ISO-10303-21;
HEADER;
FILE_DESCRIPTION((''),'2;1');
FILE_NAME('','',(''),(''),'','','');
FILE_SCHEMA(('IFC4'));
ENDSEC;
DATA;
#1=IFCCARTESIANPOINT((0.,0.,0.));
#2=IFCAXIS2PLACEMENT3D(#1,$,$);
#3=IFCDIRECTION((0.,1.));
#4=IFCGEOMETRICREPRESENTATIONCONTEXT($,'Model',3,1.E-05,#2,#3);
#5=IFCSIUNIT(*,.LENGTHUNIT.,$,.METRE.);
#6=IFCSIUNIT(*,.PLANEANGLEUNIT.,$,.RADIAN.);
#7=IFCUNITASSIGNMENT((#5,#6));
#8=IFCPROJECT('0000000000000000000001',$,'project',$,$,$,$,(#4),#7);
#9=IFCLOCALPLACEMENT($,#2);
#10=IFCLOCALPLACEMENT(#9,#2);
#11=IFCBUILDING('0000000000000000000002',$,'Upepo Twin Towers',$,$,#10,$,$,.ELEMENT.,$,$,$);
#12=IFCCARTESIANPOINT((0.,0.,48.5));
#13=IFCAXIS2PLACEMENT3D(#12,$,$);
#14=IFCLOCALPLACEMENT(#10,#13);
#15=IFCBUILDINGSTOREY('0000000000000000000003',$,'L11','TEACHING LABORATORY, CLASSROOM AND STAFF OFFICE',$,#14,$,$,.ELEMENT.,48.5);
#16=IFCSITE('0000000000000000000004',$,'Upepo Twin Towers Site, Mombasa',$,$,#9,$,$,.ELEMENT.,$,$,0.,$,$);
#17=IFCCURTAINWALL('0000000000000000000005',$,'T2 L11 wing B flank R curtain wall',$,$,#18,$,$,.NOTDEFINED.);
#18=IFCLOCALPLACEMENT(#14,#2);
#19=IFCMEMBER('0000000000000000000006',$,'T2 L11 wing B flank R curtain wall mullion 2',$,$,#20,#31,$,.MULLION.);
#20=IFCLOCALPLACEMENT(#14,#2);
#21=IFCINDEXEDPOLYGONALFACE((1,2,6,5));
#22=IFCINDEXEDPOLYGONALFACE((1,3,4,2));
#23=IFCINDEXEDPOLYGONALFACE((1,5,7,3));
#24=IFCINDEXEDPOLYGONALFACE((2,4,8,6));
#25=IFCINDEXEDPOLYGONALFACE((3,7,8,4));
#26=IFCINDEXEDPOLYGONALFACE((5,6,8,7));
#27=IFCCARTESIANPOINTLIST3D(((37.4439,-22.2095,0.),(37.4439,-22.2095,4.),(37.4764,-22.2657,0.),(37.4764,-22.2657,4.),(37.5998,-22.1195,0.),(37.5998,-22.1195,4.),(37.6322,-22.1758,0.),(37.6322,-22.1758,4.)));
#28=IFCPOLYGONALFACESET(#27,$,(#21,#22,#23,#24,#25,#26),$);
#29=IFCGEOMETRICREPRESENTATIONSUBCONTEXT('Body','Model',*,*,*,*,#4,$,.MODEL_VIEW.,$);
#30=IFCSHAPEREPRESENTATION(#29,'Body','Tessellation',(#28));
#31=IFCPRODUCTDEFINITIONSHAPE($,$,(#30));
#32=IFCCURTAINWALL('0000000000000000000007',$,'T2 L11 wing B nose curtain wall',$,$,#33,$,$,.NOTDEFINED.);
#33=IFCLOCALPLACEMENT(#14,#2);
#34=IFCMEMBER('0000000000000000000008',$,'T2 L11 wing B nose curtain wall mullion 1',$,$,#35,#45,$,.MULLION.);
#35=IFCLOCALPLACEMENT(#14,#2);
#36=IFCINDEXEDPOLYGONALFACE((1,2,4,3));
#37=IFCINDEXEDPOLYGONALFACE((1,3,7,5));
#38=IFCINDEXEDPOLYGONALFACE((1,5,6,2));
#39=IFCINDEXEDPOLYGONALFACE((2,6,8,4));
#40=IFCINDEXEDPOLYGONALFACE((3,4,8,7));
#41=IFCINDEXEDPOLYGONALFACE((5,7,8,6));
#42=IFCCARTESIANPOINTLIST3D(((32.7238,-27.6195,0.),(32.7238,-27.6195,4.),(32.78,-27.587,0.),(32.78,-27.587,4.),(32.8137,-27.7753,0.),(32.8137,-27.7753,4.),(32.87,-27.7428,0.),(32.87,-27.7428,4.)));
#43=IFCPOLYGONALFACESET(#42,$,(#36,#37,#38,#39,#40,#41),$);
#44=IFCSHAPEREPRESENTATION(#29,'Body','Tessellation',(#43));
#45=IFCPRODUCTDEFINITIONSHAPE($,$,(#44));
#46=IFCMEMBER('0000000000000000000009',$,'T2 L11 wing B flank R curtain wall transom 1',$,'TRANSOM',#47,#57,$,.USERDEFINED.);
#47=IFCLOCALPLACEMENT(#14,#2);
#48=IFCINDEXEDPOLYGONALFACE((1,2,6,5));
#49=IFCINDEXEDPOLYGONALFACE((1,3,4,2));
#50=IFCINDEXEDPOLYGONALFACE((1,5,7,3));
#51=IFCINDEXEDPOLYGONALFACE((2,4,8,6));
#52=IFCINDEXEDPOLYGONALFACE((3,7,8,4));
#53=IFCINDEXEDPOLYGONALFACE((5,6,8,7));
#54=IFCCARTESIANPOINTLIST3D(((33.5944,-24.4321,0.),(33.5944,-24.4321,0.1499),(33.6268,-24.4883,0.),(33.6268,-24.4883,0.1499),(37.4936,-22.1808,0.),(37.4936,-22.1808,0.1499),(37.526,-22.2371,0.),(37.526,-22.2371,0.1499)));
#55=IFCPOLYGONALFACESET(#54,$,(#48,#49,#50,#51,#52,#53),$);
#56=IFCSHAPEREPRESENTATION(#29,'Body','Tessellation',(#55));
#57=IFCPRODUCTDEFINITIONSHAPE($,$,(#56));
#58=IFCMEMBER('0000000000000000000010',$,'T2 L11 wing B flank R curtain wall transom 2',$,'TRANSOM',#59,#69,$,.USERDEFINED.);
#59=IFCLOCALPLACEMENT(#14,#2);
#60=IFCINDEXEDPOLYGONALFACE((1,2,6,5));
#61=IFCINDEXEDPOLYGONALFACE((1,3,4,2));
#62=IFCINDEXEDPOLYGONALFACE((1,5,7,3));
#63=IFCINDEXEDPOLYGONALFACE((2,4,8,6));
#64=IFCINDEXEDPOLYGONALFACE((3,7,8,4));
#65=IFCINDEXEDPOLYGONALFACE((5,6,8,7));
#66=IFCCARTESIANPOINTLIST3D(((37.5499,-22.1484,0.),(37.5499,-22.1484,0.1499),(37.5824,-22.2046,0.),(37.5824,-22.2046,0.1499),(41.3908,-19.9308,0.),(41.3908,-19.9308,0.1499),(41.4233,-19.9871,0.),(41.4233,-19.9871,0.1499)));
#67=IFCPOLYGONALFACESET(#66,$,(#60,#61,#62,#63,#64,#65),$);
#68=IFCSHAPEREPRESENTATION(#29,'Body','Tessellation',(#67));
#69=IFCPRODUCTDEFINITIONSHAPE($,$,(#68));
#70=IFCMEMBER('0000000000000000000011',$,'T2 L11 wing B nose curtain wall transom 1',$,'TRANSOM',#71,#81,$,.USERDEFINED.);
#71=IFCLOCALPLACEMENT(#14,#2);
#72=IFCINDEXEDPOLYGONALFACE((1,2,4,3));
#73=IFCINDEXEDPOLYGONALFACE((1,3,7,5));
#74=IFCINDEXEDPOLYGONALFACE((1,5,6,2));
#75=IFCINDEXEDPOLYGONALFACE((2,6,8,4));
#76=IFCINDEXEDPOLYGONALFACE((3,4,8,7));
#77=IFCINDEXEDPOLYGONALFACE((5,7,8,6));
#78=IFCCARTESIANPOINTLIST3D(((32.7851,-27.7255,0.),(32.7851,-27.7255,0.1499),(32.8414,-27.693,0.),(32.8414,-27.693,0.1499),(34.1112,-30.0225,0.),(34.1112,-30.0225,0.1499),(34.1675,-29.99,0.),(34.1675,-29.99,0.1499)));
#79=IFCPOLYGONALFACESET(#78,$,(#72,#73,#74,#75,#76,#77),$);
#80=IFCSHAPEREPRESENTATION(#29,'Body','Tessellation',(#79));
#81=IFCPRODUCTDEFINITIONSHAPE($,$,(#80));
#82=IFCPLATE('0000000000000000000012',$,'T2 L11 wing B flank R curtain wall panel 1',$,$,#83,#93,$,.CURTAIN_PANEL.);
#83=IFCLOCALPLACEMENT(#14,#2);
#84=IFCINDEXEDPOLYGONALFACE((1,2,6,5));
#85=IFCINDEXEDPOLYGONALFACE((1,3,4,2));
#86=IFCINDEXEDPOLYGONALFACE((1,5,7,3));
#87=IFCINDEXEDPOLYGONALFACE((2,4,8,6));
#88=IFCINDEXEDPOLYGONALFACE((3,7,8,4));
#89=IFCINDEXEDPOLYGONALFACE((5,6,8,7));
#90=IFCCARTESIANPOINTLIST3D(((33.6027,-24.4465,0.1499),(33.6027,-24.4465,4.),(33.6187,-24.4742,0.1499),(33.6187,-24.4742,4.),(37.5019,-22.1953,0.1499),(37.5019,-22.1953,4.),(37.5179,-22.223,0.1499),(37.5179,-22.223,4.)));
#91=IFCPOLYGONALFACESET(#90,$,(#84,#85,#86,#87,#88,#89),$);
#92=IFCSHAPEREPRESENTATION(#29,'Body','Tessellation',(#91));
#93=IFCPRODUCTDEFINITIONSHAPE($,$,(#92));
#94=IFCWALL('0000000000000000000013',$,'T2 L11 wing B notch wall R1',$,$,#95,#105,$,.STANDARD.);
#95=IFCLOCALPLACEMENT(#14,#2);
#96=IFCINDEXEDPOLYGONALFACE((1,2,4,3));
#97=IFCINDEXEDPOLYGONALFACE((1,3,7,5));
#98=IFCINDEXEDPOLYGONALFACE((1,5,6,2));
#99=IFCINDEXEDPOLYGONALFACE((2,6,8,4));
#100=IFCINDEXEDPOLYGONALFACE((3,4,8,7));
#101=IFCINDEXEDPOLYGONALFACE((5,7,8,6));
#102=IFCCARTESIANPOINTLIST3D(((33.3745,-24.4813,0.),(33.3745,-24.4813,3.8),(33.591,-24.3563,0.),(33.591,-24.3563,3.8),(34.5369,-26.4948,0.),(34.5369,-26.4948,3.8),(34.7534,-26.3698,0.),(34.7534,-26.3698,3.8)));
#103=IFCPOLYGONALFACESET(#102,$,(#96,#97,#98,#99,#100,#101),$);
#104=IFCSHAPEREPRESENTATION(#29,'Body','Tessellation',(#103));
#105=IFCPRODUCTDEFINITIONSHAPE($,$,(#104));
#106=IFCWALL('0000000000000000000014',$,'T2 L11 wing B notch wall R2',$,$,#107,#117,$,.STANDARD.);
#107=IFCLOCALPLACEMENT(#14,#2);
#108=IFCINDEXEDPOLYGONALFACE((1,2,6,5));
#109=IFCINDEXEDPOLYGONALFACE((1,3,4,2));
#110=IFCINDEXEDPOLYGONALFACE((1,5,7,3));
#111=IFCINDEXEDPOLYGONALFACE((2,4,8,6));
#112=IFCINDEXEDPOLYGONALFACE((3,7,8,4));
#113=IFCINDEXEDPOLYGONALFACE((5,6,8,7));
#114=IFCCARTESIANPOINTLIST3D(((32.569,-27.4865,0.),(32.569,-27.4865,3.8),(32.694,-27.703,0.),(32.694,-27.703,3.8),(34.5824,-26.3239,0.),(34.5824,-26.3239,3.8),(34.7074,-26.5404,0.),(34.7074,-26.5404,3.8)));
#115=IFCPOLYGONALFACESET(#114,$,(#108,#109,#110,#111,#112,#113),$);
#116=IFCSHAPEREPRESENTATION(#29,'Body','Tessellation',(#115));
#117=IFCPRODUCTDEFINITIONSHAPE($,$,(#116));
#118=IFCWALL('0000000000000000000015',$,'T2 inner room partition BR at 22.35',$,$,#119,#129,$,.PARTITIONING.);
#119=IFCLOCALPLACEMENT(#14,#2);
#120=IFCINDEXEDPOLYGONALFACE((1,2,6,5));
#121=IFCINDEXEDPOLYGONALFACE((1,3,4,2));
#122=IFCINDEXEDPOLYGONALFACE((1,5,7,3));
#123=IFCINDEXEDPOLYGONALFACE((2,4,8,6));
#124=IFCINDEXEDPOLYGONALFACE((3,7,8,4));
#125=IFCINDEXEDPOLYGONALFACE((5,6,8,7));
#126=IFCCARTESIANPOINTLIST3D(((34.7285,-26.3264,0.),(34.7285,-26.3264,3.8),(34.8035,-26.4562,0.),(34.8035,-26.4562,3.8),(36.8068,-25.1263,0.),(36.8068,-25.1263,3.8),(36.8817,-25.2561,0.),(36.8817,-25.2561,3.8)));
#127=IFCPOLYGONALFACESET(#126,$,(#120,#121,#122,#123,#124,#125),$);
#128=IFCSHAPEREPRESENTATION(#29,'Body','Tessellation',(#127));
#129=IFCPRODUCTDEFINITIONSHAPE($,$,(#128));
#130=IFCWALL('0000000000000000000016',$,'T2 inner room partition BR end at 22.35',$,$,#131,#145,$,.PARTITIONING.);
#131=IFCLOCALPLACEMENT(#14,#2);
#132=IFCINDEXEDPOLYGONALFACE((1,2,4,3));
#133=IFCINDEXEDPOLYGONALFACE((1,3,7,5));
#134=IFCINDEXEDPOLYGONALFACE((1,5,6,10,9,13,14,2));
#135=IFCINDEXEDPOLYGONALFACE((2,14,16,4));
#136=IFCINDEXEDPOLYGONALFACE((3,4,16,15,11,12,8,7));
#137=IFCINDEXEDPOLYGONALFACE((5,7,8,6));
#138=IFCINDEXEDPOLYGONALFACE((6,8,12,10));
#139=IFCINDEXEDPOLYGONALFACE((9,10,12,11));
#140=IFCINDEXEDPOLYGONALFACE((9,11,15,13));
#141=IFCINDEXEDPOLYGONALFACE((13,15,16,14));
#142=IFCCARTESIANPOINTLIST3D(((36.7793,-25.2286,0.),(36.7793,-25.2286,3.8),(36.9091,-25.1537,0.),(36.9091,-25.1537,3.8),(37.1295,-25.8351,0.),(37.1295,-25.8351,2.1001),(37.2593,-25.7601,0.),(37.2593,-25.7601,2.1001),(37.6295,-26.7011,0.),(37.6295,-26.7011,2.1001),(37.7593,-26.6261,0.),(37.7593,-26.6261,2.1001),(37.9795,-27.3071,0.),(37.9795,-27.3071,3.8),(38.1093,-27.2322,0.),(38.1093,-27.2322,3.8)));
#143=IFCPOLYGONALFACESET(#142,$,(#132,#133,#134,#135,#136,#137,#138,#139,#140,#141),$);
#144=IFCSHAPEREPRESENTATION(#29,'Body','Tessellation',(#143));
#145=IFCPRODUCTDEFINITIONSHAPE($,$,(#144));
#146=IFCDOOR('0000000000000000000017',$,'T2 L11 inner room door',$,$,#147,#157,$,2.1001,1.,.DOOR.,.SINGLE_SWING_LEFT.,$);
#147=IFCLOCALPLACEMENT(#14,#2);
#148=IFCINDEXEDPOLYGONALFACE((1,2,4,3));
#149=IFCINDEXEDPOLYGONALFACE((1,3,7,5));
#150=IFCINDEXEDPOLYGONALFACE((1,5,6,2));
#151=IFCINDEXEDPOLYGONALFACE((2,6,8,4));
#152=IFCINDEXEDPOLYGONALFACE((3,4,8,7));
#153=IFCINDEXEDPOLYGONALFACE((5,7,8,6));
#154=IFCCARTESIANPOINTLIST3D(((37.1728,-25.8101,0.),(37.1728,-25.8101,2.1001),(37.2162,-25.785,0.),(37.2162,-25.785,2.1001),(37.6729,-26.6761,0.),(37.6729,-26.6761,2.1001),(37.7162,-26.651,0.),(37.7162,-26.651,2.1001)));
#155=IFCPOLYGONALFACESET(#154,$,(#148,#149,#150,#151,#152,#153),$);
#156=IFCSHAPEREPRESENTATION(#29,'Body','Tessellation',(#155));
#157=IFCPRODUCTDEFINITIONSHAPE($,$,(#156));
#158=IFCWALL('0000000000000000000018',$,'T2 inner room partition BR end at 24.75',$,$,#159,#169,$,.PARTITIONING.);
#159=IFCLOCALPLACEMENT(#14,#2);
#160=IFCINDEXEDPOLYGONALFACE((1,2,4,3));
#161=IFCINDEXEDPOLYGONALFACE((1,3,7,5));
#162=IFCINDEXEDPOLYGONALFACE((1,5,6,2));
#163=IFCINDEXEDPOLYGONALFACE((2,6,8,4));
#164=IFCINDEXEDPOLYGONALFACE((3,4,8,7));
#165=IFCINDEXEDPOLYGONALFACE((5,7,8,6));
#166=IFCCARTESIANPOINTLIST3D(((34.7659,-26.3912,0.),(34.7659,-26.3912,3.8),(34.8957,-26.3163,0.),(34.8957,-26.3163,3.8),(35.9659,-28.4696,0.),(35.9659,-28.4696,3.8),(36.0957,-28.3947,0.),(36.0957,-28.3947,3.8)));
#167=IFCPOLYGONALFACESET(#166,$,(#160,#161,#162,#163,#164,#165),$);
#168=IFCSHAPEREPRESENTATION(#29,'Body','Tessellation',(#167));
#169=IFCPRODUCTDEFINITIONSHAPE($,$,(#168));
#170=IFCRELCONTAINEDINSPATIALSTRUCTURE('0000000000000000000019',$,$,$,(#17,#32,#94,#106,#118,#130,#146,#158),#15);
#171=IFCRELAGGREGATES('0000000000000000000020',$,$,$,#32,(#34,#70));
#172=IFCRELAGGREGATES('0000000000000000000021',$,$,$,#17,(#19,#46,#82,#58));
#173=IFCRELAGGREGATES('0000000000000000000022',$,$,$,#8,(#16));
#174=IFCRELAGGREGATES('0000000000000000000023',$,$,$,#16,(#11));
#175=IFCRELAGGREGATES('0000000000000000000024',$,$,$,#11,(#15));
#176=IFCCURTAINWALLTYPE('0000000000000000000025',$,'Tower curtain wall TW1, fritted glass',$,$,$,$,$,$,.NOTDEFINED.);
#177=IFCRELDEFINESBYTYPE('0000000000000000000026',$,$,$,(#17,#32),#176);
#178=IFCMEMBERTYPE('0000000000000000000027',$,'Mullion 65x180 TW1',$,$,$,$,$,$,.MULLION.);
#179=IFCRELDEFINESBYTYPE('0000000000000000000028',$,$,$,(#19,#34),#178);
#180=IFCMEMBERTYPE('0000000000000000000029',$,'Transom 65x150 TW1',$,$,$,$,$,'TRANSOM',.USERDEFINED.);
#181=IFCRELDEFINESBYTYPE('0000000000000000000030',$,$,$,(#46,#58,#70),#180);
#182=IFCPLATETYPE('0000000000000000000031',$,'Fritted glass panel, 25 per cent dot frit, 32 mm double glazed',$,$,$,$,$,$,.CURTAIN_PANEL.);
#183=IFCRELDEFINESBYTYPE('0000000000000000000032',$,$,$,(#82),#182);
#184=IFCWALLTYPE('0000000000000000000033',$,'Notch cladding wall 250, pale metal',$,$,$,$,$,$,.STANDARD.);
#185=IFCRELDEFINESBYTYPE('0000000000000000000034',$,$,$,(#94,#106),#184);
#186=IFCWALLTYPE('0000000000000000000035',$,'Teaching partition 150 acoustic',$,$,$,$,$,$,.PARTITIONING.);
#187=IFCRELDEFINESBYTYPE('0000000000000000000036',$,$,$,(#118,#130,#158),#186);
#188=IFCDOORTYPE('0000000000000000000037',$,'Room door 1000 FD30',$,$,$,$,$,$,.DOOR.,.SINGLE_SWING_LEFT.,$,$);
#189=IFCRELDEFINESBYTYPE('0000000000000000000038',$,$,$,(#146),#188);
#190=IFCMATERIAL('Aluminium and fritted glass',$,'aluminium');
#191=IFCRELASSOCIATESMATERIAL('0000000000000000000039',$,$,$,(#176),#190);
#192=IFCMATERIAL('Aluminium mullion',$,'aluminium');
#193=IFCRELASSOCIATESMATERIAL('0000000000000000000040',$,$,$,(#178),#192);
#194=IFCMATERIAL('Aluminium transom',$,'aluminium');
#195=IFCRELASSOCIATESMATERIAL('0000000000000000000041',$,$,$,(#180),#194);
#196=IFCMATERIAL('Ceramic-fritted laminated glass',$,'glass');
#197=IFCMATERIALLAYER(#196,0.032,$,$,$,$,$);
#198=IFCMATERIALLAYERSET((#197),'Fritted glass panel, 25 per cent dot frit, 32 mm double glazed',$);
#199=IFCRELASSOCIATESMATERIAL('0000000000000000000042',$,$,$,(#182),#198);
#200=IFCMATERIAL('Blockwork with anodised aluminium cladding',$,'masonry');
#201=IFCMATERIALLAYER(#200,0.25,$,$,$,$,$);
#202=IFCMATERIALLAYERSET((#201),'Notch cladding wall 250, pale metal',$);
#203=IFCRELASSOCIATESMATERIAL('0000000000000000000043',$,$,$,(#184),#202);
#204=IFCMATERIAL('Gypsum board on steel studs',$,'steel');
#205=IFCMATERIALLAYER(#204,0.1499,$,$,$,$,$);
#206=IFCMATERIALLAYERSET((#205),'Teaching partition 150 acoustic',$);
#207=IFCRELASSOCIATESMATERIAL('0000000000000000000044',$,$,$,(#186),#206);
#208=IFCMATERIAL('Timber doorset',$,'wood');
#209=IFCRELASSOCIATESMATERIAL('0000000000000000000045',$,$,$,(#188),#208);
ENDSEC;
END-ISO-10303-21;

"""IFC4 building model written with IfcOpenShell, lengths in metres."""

from ifc_helpers import new_model, si_unit, direction, frame, frame_2d, origin, origin_2d, place, context, subcontext, project, spatial, rectangle, extrude, material, layer, layer_set, material_profile, profile_set, type_object, element, fill, aggregate, save


model = new_model("IFC4")

# Units and contexts
model_context = context("Model", 3, precision=1e-05, world=origin(), true_north=direction((0.0, 1.0)))
body_context = subcontext(model_context, "Body", "Model", "MODEL_VIEW")
ifc_project = project(units=[si_unit("LENGTHUNIT", "METRE"), si_unit("PLANEANGLEUNIT", "RADIAN")], contexts=[model_context])

# Site, building, storey
site_placement = place(None, origin())
site = spatial("IfcSite", under=ifc_project, at=site_placement, Name="Upepo Twin Towers Site, Mombasa", CompositionType="ELEMENT", RefElevation=0.0)
building_placement = place(site_placement, origin())
building = spatial("IfcBuilding", under=site, at=building_placement, Name="Upepo Twin Towers", CompositionType="ELEMENT")
storey_placement = place(building_placement, frame((0.0, 0.0, 48.5)))
storey = spatial("IfcBuildingStorey", under=building, at=storey_placement, Name="L11", Description="TEACHING LABORATORY, CLASSROOM AND STAFF OFFICE", CompositionType="ELEMENT", Elevation=48.5)

# Curtain wall, member
ifc_material_1 = material(Name="Aluminium and fritted glass", Category="aluminium")
curtain_wall_type = type_object("IfcCurtainWallType", Name="Tower curtain wall TW1, fritted glass", PredefinedType="NOTDEFINED", material=ifc_material_1)
curtain_wall_1_placement = place(storey_placement, origin())
curtain_wall_1 = element("IfcCurtainWall", 1, at=curtain_wall_1_placement, inside=storey, type_object=curtain_wall_type, Name="T2 L11 wing B flank R curtain wall", PredefinedType="NOTDEFINED")
ifc_material_2 = material(Name="Aluminium mullion", Category="aluminium")
ifc_material_profile_1 = material_profile(ifc_material_2, rectangle(XDim=0.0649, YDim=0.1799, at=origin_2d()), Name="MULLION 65x180")
ifc_profile_set_1 = profile_set([ifc_material_profile_1], Name="Aluminium mullion")
member_type_1 = type_object("IfcMemberType", Name="Mullion 65x180 TW1", PredefinedType="MULLION", material=ifc_profile_set_1)
member_1_placement = place(storey_placement, frame((37.5381, -22.1926, 0.0), z_axis=(0.0, 0.0, 1.0), x_axis=(-0.5, 0.866025, 0.0)))
member_1 = element("IfcMember", 2, at=member_1_placement, type_object=member_type_1, Name="T2 L11 wing B flank R curtain wall mullion 2", PredefinedType="MULLION", context=body_context, shape_type="SweptSolid", body=[
    extrude(rectangle(XDim=0.0649, YDim=0.1799, at=origin_2d()), origin(), (0.0, 0.0, 1.0), 4.0),
])

# Curtain wall, member
curtain_wall_2_placement = place(storey_placement, origin())
curtain_wall_2 = element("IfcCurtainWall", 3, at=curtain_wall_2_placement, inside=storey, type_object=curtain_wall_type, Name="T2 L11 wing B nose curtain wall", PredefinedType="NOTDEFINED")
member_2_placement = place(storey_placement, frame((32.7969, -27.6812, 0.0), z_axis=(0.0, 0.0, 1.0), x_axis=(0.866025, 0.5, 0.0)))
member_2 = element("IfcMember", 4, at=member_2_placement, type_object=member_type_1, Name="T2 L11 wing B nose curtain wall mullion 1", PredefinedType="MULLION", context=body_context, shape_type="SweptSolid", body=[
    extrude(rectangle(XDim=0.0649, YDim=0.1799, at=origin_2d()), origin(), (0.0, 0.0, 1.0), 4.0),
])

# Members
ifc_material_3 = material(Name="Aluminium transom", Category="aluminium")
ifc_material_profile_2 = material_profile(ifc_material_3, rectangle(XDim=0.0649, YDim=0.1499, at=origin_2d()), Name="TRANSOM 65x150")
ifc_profile_set_2 = profile_set([ifc_material_profile_2], Name="Aluminium transom")
member_type_2 = type_object("IfcMemberType", Name="Transom 65x150 TW1", ElementType="TRANSOM", PredefinedType="USERDEFINED", material=ifc_profile_set_2)
member_3_placement = place(storey_placement, frame((33.6106, -24.4602, 0.075), z_axis=(0.866022, 0.500006, 0.0), x_axis=(-0.500006, 0.866022, 0.0)))
member_3 = element("IfcMember", 5, at=member_3_placement, type_object=member_type_2, Name="T2 L11 wing B flank R curtain wall transom 1", ObjectType="TRANSOM", PredefinedType="USERDEFINED", context=body_context, shape_type="SweptSolid", body=[
    extrude(rectangle(XDim=0.0649, YDim=0.1499, at=origin_2d()), origin(), (0.0, 0.0, 1.0), 4.5024),
])
member_4_placement = place(storey_placement, frame((37.5662, -22.1765, 0.075), z_axis=(0.866022, 0.500005, 0.0), x_axis=(-0.500005, 0.866022, 0.0)))
member_4 = element("IfcMember", 6, at=member_4_placement, type_object=member_type_2, Name="T2 L11 wing B flank R curtain wall transom 2", ObjectType="TRANSOM", PredefinedType="USERDEFINED", context=body_context, shape_type="SweptSolid", body=[
    extrude(rectangle(XDim=0.0649, YDim=0.1499, at=origin_2d()), origin(), (0.0, 0.0, 1.0), 4.4351),
])
member_5_placement = place(storey_placement, frame((32.8132, -27.7092, 0.075), z_axis=(0.49998, -0.866037, 0.0), x_axis=(0.866037, 0.49998, 0.0)))
member_5 = element("IfcMember", 7, at=member_5_placement, type_object=member_type_2, Name="T2 L11 wing B nose curtain wall transom 1", ObjectType="TRANSOM", PredefinedType="USERDEFINED", context=body_context, shape_type="SweptSolid", body=[
    extrude(rectangle(XDim=0.0649, YDim=0.1499, at=origin_2d()), origin(), (0.0, 0.0, 1.0), 2.6523),
])
aggregate(curtain_wall_2, [member_2, member_5])

# Plate
ifc_material_4 = material(Name="Ceramic-fritted laminated glass", Category="glass")
ifc_layer_1 = layer(ifc_material_4, 0.032)
ifc_layer_set_1 = layer_set([ifc_layer_1], Name="Fritted glass panel, 25 per cent dot frit, 32 mm double glazed")
plate_type = type_object("IfcPlateType", Name="Fritted glass panel, 25 per cent dot frit, 32 mm double glazed", PredefinedType="CURTAIN_PANEL", material=ifc_layer_set_1)
plate_placement = place(storey_placement, frame((35.5603, -23.3347, 0.1499), z_axis=(0.0, 0.0, 1.0), x_axis=(0.866025, 0.5, 0.0)))
plate = element("IfcPlate", 8, at=plate_placement, type_object=plate_type, Name="T2 L11 wing B flank R curtain wall panel 1", PredefinedType="CURTAIN_PANEL", context=body_context, shape_type="SweptSolid", body=[
    extrude(rectangle(XDim=4.5024, YDim=0.032, at=origin_2d()), origin(), (0.0, 0.0, 1.0), 3.8501),
])
aggregate(curtain_wall_1, [member_1, member_3, plate, member_4])

# Walls
ifc_material_5 = material(Name="Blockwork with anodised aluminium cladding", Category="masonry")
ifc_layer_2 = layer(ifc_material_5, 0.25)
ifc_layer_set_2 = layer_set([ifc_layer_2], Name="Notch cladding wall 250, pale metal")
wall_type_1 = type_object("IfcWallType", Name="Notch cladding wall 250, pale metal", PredefinedType="STANDARD", material=ifc_layer_set_2)
for number, where, z_axis, x_axis, name in (
    (9, (33.4827, -24.4187, 0.0), (0.0, 0.0, 1.0), (0.499968, -0.866044, 0.0), "T2 L11 wing B notch wall R1"),
    (10, (34.645, -26.4321, 0.0), (0.0, 0.0, 1.0), (-0.865998, -0.500047, 0.0), "T2 L11 wing B notch wall R2"),
):
    element("IfcWall", number, at=place(storey_placement, frame(where, z_axis=z_axis, x_axis=x_axis)), inside=storey, type_object=wall_type_1, Name=name, PredefinedType="STANDARD", context=body_context, shape_type="SweptSolid", body=[
        extrude(rectangle(XDim=2.325, YDim=0.25, at=frame_2d((1.1626, 0.0))), origin(), (0.0, 0.0, 1.0), 3.8),
    ])
ifc_material_6 = material(Name="Gypsum board on steel studs", Category="steel")
ifc_layer_3 = layer(ifc_material_6, 0.1499)
ifc_layer_set_3 = layer_set([ifc_layer_3], Name="Teaching partition 150 acoustic")
wall_type_2 = type_object("IfcWallType", Name="Teaching partition 150 acoustic", PredefinedType="PARTITIONING", material=ifc_layer_set_3)
wall_1_placement = place(storey_placement, frame((36.8442, -25.1912, 0.0), z_axis=(0.0, 0.0, 1.0), x_axis=(-0.865981, -0.500078, 0.0)))
element("IfcWall", 11, at=wall_1_placement, inside=storey, type_object=wall_type_2, Name="T2 inner room partition BR at 22.35", PredefinedType="PARTITIONING", context=body_context, shape_type="SweptSolid", body=[
    extrude(rectangle(XDim=2.3999, YDim=0.1499, at=frame_2d((1.2, 0.0))), origin(), (0.0, 0.0, 1.0), 3.8),
])

# Wall, opening, door
wall_2_placement = place(storey_placement, frame((38.0444, -27.2698, 0.0), z_axis=(0.0, 0.0, 1.0), x_axis=(-0.500034, 0.866006, 0.0)))
wall_2 = element("IfcWall", 12, at=wall_2_placement, inside=storey, type_object=wall_type_2, Name="T2 inner room partition BR end at 22.35", PredefinedType="PARTITIONING", context=body_context, shape_type="SweptSolid", body=[
    extrude(rectangle(XDim=2.4001, YDim=0.1499, at=frame_2d((1.2002, 0.0))), origin(), (0.0, 0.0, 1.0), 3.8),
])
opening_1_placement = place(wall_2_placement, frame((0.7, 0.0, 0.0)))
opening_1 = element("IfcOpeningElement", 13, at=opening_1_placement, cuts=wall_2, PredefinedType="OPENING", context=body_context, shape_type="SweptSolid", body=[
    extrude(rectangle(XDim=1.0, YDim=2.1001, at=frame_2d((0.5, 1.05))), frame((0.0, 0.085, 0.0), z_axis=(0.0, -1.0, 0.0), x_axis=(1.0, 0.0, 0.0)), (0.0, 0.0, 1.0), 0.1699),
])
ifc_material_7 = material(Name="Timber doorset", Category="wood")
door_type = type_object("IfcDoorType", Name="Room door 1000 FD30", OperationType="SINGLE_SWING_LEFT", PredefinedType="DOOR", material=ifc_material_7)
door_1_placement = place(opening_1_placement, origin())
door_1 = element("IfcDoor", 14, at=door_1_placement, inside=storey, type_object=door_type, Name="T2 L11 inner room door", OperationType="SINGLE_SWING_LEFT", OverallHeight=2.1001, OverallWidth=1.0, PredefinedType="DOOR", context=body_context, shape_type="SweptSolid", body=[
    extrude(rectangle(XDim=1.0, YDim=2.1001, at=frame_2d((0.5, 1.05))), frame((0.0, 0.0249, 0.0), z_axis=(0.0, -1.0, 0.0), x_axis=(1.0, 0.0, 0.0)), (0.0, 0.0, 1.0), 0.05),
])
fill(opening_1, door_1)

# Wall
wall_3_placement = place(storey_placement, frame((36.0308, -28.4321, 0.0), z_axis=(0.0, 0.0, 1.0), x_axis=(-0.500001, 0.866025, 0.0)))
element("IfcWall", 15, at=wall_3_placement, inside=storey, type_object=wall_type_2, Name="T2 inner room partition BR end at 24.75", PredefinedType="PARTITIONING", context=body_context, shape_type="SweptSolid", body=[
    extrude(rectangle(XDim=2.3999, YDim=0.1499, at=frame_2d((1.2, 0.0))), origin(), (0.0, 0.0, 1.0), 3.8),
])

save(model, "model.ifc")
